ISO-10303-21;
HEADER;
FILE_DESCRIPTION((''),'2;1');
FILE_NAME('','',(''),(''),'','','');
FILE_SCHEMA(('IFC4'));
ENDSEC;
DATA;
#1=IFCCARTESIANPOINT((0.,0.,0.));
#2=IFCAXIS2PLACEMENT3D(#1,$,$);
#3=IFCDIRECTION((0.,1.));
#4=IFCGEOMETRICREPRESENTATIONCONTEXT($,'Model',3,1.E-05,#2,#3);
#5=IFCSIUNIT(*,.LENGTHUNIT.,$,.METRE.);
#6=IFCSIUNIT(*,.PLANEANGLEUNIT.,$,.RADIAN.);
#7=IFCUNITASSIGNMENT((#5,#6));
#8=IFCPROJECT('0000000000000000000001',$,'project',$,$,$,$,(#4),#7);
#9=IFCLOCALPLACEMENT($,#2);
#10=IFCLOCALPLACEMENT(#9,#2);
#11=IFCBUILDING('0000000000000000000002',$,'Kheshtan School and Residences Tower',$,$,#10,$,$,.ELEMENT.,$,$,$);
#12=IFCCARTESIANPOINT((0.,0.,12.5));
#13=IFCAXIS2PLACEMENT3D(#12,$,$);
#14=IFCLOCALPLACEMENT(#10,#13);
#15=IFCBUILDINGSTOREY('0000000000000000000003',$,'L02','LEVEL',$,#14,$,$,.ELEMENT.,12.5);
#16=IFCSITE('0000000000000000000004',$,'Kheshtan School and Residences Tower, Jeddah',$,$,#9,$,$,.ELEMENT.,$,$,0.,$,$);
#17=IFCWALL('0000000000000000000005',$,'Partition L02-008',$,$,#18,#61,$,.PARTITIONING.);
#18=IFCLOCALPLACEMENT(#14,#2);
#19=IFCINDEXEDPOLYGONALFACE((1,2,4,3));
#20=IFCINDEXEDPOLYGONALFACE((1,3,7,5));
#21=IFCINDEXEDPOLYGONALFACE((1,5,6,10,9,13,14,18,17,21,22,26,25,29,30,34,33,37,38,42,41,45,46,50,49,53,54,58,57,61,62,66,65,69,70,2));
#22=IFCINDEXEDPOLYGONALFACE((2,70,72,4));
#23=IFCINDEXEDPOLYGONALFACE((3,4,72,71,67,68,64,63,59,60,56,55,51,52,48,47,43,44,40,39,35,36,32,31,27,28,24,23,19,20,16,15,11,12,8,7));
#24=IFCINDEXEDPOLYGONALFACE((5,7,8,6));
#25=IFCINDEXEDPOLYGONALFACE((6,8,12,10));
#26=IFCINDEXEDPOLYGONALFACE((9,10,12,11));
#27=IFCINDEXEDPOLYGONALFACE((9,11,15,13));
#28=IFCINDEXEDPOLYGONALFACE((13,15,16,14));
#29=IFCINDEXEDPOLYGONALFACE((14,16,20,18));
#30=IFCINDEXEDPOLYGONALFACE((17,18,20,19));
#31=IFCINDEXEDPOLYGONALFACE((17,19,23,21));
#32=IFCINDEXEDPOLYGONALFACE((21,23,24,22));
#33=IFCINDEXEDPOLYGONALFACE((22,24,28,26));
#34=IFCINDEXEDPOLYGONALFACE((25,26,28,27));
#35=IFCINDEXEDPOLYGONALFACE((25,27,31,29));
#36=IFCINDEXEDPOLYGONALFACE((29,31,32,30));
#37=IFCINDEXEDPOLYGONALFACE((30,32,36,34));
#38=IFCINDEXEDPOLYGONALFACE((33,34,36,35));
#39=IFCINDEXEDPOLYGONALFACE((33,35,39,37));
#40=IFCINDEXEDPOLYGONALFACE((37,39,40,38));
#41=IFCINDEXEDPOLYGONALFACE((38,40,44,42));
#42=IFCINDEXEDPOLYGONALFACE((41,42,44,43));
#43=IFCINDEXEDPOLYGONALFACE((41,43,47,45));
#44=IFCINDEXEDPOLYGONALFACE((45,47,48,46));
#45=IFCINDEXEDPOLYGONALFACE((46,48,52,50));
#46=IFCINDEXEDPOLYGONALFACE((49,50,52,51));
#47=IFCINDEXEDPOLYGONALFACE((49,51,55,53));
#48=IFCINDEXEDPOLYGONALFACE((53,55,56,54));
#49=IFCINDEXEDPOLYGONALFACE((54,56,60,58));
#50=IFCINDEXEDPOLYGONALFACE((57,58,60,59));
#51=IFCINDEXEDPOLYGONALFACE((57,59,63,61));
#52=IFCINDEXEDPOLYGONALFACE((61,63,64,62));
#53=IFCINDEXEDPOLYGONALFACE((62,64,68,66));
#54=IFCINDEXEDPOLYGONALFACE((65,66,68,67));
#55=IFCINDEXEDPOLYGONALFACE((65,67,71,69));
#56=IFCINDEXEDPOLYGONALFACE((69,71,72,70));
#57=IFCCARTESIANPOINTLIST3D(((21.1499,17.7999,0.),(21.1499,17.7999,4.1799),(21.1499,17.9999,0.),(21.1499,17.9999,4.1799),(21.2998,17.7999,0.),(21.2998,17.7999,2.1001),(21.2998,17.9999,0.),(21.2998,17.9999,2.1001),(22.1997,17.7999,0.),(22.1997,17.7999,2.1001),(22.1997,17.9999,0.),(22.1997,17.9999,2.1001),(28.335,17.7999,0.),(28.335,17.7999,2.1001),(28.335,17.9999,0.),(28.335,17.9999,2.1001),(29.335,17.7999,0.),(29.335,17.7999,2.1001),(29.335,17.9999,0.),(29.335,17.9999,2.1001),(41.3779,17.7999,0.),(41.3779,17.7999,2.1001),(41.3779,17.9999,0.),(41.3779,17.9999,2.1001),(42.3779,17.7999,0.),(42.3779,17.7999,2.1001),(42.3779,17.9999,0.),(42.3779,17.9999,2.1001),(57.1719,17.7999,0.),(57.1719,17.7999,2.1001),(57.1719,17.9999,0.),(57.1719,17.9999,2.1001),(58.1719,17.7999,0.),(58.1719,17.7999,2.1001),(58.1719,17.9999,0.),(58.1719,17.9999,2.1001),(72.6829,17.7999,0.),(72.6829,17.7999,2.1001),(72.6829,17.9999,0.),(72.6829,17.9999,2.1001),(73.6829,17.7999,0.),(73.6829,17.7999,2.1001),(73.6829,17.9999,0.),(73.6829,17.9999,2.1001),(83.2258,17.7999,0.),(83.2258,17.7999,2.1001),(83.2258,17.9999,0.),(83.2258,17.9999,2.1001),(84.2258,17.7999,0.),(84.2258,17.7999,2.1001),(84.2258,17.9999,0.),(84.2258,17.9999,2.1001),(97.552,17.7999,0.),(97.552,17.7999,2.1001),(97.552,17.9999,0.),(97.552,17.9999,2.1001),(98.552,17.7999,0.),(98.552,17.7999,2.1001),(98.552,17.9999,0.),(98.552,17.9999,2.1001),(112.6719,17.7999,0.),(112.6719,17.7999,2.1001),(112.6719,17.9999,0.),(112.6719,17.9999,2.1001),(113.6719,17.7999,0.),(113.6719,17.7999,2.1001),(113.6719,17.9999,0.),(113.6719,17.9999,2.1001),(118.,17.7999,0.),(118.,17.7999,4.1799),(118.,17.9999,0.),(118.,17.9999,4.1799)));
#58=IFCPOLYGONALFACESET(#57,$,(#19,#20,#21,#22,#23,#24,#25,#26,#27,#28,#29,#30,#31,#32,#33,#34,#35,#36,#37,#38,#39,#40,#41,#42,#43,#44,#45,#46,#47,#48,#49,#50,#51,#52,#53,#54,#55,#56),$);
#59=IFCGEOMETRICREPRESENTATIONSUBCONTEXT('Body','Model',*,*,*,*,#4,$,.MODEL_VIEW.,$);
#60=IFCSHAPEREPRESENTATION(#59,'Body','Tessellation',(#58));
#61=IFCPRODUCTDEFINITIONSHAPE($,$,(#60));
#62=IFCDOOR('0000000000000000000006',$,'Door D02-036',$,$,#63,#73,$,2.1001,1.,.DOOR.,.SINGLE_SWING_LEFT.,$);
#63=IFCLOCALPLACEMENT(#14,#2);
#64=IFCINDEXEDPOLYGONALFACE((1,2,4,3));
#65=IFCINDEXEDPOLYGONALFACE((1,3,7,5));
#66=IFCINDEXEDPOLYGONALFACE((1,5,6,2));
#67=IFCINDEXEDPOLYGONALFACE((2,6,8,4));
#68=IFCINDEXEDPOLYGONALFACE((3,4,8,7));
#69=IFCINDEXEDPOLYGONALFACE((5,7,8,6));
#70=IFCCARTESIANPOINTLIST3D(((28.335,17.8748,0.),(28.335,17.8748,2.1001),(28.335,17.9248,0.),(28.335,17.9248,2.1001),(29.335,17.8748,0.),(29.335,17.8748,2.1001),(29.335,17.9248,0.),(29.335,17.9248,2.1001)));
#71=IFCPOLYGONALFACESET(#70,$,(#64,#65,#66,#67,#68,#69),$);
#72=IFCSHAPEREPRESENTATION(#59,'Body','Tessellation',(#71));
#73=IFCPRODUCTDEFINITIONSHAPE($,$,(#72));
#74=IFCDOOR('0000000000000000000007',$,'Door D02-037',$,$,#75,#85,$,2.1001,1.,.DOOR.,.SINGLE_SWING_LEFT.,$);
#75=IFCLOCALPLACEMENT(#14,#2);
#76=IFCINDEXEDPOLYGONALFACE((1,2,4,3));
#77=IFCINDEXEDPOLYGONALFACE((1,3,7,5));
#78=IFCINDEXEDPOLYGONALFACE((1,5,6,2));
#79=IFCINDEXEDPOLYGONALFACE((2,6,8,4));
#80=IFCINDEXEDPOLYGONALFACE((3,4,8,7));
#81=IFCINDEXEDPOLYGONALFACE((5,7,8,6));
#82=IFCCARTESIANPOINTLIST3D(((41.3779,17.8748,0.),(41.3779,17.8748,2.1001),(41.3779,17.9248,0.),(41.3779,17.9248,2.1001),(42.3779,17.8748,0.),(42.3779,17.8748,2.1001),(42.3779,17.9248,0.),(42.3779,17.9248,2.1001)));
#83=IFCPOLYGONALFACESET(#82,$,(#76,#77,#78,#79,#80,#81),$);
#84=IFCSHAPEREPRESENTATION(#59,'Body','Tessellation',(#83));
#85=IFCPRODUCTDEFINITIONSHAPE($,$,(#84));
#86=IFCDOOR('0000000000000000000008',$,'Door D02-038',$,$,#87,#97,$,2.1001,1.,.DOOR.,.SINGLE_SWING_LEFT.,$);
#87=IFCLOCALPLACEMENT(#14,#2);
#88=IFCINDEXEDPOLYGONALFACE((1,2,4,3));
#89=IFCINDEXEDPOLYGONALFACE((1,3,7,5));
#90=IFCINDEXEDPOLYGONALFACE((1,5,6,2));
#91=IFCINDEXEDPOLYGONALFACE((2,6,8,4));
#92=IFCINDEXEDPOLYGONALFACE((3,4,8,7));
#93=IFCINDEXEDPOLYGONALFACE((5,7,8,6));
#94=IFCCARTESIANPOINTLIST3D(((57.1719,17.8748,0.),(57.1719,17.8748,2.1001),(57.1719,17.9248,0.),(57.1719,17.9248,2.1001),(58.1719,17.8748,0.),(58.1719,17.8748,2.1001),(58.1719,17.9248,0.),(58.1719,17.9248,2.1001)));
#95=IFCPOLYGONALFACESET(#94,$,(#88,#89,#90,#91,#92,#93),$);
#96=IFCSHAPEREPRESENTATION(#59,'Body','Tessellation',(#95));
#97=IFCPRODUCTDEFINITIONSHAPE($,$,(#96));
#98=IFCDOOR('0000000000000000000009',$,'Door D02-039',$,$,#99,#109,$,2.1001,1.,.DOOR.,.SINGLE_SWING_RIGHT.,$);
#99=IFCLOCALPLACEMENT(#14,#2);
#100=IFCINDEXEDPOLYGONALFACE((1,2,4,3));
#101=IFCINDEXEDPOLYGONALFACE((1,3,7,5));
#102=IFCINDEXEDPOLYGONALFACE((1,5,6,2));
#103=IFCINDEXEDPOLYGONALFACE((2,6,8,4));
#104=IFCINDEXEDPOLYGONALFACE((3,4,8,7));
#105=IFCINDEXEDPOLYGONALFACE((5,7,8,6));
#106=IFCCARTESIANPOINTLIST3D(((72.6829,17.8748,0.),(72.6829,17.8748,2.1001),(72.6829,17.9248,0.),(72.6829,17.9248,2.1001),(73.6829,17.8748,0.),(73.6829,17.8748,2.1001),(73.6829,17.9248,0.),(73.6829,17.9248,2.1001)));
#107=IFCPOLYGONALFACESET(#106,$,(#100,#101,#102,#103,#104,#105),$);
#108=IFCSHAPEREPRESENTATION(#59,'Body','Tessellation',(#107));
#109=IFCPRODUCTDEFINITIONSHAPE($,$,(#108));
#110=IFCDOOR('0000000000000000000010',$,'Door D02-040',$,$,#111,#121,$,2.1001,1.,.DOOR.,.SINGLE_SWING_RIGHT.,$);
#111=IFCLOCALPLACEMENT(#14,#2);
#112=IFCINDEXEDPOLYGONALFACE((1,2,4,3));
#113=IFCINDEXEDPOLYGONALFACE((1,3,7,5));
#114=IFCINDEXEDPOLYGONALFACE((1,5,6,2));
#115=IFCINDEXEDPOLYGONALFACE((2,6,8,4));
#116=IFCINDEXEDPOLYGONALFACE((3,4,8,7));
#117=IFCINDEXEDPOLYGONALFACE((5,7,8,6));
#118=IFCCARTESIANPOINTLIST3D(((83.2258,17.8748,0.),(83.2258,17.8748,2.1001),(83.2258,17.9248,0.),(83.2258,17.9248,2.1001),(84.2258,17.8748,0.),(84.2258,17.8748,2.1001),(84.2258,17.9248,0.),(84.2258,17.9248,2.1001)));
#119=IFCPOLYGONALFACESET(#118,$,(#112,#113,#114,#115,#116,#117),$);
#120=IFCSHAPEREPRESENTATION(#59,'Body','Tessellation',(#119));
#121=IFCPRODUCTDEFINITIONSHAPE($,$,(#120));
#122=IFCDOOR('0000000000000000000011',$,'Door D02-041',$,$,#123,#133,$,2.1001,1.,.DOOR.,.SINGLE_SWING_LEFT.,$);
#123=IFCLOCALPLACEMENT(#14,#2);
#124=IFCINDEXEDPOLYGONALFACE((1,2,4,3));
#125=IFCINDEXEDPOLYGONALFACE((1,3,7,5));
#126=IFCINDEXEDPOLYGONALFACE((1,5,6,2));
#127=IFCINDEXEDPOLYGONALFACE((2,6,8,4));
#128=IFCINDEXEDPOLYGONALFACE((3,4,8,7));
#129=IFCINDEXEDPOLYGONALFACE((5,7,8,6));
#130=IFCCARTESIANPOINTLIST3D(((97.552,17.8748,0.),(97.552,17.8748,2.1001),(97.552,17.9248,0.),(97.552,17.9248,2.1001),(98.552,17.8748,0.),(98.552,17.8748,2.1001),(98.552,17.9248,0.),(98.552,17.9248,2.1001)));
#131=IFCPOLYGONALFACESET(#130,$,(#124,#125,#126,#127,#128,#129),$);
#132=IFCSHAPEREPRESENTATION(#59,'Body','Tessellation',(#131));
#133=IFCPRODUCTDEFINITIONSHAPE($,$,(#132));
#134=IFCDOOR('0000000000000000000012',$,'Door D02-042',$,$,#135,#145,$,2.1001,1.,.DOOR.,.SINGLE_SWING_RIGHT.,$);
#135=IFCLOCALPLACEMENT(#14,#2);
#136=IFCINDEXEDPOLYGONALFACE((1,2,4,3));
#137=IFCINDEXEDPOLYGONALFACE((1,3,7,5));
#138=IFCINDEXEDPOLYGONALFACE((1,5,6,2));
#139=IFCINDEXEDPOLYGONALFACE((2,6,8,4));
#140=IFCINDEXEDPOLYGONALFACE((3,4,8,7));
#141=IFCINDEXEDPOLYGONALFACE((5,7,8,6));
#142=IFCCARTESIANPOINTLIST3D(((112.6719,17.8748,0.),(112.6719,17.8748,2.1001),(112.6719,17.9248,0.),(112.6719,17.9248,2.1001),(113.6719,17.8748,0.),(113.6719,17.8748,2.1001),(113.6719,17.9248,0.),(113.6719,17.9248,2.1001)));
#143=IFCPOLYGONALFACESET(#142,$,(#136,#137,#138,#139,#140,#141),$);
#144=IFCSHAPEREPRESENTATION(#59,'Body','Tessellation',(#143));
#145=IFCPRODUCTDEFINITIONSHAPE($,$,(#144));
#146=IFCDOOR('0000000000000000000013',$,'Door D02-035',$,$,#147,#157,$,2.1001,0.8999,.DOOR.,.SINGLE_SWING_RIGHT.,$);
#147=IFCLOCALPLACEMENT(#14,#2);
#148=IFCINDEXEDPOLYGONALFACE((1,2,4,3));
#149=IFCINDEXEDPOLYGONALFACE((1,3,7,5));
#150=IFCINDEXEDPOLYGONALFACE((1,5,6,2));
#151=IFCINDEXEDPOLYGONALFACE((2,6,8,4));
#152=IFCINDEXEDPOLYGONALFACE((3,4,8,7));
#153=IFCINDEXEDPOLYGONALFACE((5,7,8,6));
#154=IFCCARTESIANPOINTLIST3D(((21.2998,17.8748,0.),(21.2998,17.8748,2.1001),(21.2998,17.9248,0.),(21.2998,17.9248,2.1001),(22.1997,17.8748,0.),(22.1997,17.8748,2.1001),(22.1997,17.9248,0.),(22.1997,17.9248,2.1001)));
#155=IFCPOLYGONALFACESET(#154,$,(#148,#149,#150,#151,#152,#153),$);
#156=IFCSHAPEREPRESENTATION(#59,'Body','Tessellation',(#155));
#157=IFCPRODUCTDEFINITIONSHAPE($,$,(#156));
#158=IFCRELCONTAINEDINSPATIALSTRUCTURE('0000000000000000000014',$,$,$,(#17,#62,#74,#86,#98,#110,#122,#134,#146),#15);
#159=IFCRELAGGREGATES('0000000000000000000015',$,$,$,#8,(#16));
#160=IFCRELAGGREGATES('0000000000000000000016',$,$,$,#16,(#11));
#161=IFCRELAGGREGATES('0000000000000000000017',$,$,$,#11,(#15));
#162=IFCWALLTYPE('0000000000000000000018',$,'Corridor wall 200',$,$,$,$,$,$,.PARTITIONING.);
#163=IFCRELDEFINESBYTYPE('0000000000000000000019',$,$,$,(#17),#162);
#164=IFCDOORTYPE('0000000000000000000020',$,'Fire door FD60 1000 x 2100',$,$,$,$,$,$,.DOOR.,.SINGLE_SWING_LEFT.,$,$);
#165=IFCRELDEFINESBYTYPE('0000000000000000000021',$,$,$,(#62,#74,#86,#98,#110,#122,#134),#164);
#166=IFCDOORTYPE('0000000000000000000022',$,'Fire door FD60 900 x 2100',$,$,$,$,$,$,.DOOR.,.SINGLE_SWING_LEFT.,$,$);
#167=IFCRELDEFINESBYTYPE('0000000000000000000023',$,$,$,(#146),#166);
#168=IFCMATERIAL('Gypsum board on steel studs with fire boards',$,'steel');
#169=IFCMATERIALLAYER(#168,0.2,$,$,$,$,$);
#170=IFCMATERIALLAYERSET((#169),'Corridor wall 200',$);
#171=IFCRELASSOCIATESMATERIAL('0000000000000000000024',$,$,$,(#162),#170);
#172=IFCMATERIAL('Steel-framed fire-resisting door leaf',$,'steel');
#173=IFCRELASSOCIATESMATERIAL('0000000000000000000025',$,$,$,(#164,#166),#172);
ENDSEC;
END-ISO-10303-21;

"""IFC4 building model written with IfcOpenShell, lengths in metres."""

from ifc_helpers import new_model, si_unit, direction, frame, frame_2d, origin, place, context, subcontext, project, spatial, rectangle, extrude, source, transform, mapped, material, layer, layer_set, type_object, element, fill, save


model = new_model("IFC4")

# Units and contexts
model_context = context("Model", 3, precision=1e-05, world=origin(), true_north=direction((0.0, 1.0)))
body_context = subcontext(model_context, "Body", "Model", "MODEL_VIEW")
ifc_project = project(units=[si_unit("LENGTHUNIT", "METRE"), si_unit("PLANEANGLEUNIT", "RADIAN")], contexts=[model_context])

# Site, building, storey
site_placement = place(None, origin())
site = spatial("IfcSite", under=ifc_project, at=site_placement, Name="Kheshtan School and Residences Tower, Jeddah", CompositionType="ELEMENT", RefElevation=0.0)
building_placement = place(site_placement, origin())
building = spatial("IfcBuilding", under=site, at=building_placement, Name="Kheshtan School and Residences Tower", CompositionType="ELEMENT")
storey_placement = place(building_placement, frame((0.0, 0.0, 12.5)))
storey = spatial("IfcBuildingStorey", under=building, at=storey_placement, Name="L02", Description="LEVEL", CompositionType="ELEMENT", Elevation=12.5)

# Shared definitions
ifc_material_1 = material(Name="Gypsum board on steel studs with fire boards", Category="steel")
ifc_layer_1 = layer(ifc_material_1, 0.2)
ifc_layer_set_1 = layer_set([ifc_layer_1], Name="Corridor wall 200")
wall_type_1 = type_object("IfcWallType", Name="Corridor wall 200", PredefinedType="PARTITIONING", material=ifc_layer_set_1)
ifc_material_2 = material(Name="Steel-framed fire-resisting door leaf", Category="steel")
door_type_1 = type_object("IfcDoorType", Name="Fire door FD60 1000 x 2100", OperationType="SINGLE_SWING_LEFT", PredefinedType="DOOR", material=ifc_material_2)
shared_shape_1 = source(origin(), body_context, "Body", "SweptSolid", [
    extrude(rectangle(XDim=1.0, YDim=2.1001, at=frame_2d((0.5, 1.05))), frame((0.0, 0.0249, 0.0), z_axis=(0.0, -1.0, 0.0), x_axis=(1.0, 0.0, 0.0)), (0.0, 0.0, 1.0), 0.05),
])

# Wall, openings, doors
wall_1_placement = place(storey_placement, frame((21.1499, 17.8999, 0.0), z_axis=(0.0, 0.0, 1.0), x_axis=(1.0, 0.0, 0.0)))
wall_1 = element("IfcWall", 1, at=wall_1_placement, inside=storey, type_object=wall_type_1, Name="Partition L02-008", PredefinedType="PARTITIONING", context=body_context, shape_type="SweptSolid", body=[
    extrude(rectangle(XDim=96.8501, YDim=0.2, at=frame_2d((48.425, 0.0))), origin(), (0.0, 0.0, 1.0), 4.1799),
])
opening_1_placement = place(wall_1_placement, frame((0.1499, 0.0, 0.0)))
opening_1 = element("IfcOpeningElement", 2, at=opening_1_placement, cuts=wall_1, PredefinedType="OPENING", context=body_context, shape_type="SweptSolid", body=[
    extrude(rectangle(XDim=0.8999, YDim=2.1001, at=frame_2d((0.45, 1.05))), frame((0.0, 0.1099, 0.0), z_axis=(0.0, -1.0, 0.0), x_axis=(1.0, 0.0, 0.0)), (0.0, 0.0, 1.0), 0.22),
])
opening_2_placement = place(wall_1_placement, frame((7.1851, 0.0, 0.0)))
opening_2 = element("IfcOpeningElement", 3, at=opening_2_placement, cuts=wall_1, PredefinedType="OPENING", context=body_context, shape_type="SweptSolid", body=[
    extrude(rectangle(XDim=1.0, YDim=2.1001, at=frame_2d((0.5, 1.05))), frame((0.0, 0.1099, 0.0), z_axis=(0.0, -1.0, 0.0), x_axis=(1.0, 0.0, 0.0)), (0.0, 0.0, 1.0), 0.22),
])
opening_3_placement = place(wall_1_placement, frame((20.228, 0.0, 0.0)))
opening_3 = element("IfcOpeningElement", 4, at=opening_3_placement, cuts=wall_1, PredefinedType="OPENING", context=body_context, shape_type="SweptSolid", body=[
    extrude(rectangle(XDim=1.0, YDim=2.1001, at=frame_2d((0.5, 1.05))), frame((0.0, 0.1099, 0.0), z_axis=(0.0, -1.0, 0.0), x_axis=(1.0, 0.0, 0.0)), (0.0, 0.0, 1.0), 0.22),
])
opening_4_placement = place(wall_1_placement, frame((36.022, 0.0, 0.0)))
opening_4 = element("IfcOpeningElement", 5, at=opening_4_placement, cuts=wall_1, PredefinedType="OPENING", context=body_context, shape_type="SweptSolid", body=[
    extrude(rectangle(XDim=1.0, YDim=2.1001, at=frame_2d((0.5, 1.05))), frame((0.0, 0.1099, 0.0), z_axis=(0.0, -1.0, 0.0), x_axis=(1.0, 0.0, 0.0)), (0.0, 0.0, 1.0), 0.22),
])
opening_5_placement = place(wall_1_placement, frame((51.533, 0.0, 0.0)))
opening_5 = element("IfcOpeningElement", 6, at=opening_5_placement, cuts=wall_1, PredefinedType="OPENING", context=body_context, shape_type="SweptSolid", body=[
    extrude(rectangle(XDim=1.0, YDim=2.1001, at=frame_2d((0.5, 1.05))), frame((0.0, 0.1099, 0.0), z_axis=(0.0, -1.0, 0.0), x_axis=(1.0, 0.0, 0.0)), (0.0, 0.0, 1.0), 0.22),
])
opening_6_placement = place(wall_1_placement, frame((62.0759, 0.0, 0.0)))
opening_6 = element("IfcOpeningElement", 7, at=opening_6_placement, cuts=wall_1, PredefinedType="OPENING", context=body_context, shape_type="SweptSolid", body=[
    extrude(rectangle(XDim=1.0, YDim=2.1001, at=frame_2d((0.5, 1.05))), frame((0.0, 0.1099, 0.0), z_axis=(0.0, -1.0, 0.0), x_axis=(1.0, 0.0, 0.0)), (0.0, 0.0, 1.0), 0.22),
])
opening_7_placement = place(wall_1_placement, frame((76.4021, 0.0, 0.0)))
opening_7 = element("IfcOpeningElement", 8, at=opening_7_placement, cuts=wall_1, PredefinedType="OPENING", context=body_context, shape_type="SweptSolid", body=[
    extrude(rectangle(XDim=1.0, YDim=2.1001, at=frame_2d((0.5, 1.05))), frame((0.0, 0.1099, 0.0), z_axis=(0.0, -1.0, 0.0), x_axis=(1.0, 0.0, 0.0)), (0.0, 0.0, 1.0), 0.22),
])
opening_8_placement = place(wall_1_placement, frame((91.522, 0.0, 0.0)))
opening_8 = element("IfcOpeningElement", 9, at=opening_8_placement, cuts=wall_1, PredefinedType="OPENING", context=body_context, shape_type="SweptSolid", body=[
    extrude(rectangle(XDim=1.0, YDim=2.1001, at=frame_2d((0.5, 1.05))), frame((0.0, 0.1099, 0.0), z_axis=(0.0, -1.0, 0.0), x_axis=(1.0, 0.0, 0.0)), (0.0, 0.0, 1.0), 0.22),
])
door_1_placement = place(opening_2_placement, origin())
door_1 = element("IfcDoor", 10, at=door_1_placement, inside=storey, type_object=door_type_1, Name="Door D02-036", OperationType="SINGLE_SWING_LEFT", OverallHeight=2.1001, OverallWidth=1.0, PredefinedType="DOOR", context=body_context, shape_type="MappedRepresentation", body=[
    mapped(shared_shape_1, transform((0.0, 0.0, 0.0), x_axis=(1.0, 0.0, 0.0), y_axis=(0.0, 1.0, 0.0), z_axis=(0.0, 0.0, 1.0), scale=1.0)),
])
fill(opening_2, door_1)
door_2_placement = place(opening_3_placement, origin())
door_2 = element("IfcDoor", 11, at=door_2_placement, inside=storey, type_object=door_type_1, Name="Door D02-037", OperationType="SINGLE_SWING_LEFT", OverallHeight=2.1001, OverallWidth=1.0, PredefinedType="DOOR", context=body_context, shape_type="MappedRepresentation", body=[
    mapped(shared_shape_1, transform((0.0, 0.0, 0.0), x_axis=(1.0, 0.0, 0.0), y_axis=(0.0, 1.0, 0.0), z_axis=(0.0, 0.0, 1.0), scale=1.0)),
])
fill(opening_3, door_2)
door_3_placement = place(opening_4_placement, origin())
door_3 = element("IfcDoor", 12, at=door_3_placement, inside=storey, type_object=door_type_1, Name="Door D02-038", OperationType="SINGLE_SWING_LEFT", OverallHeight=2.1001, OverallWidth=1.0, PredefinedType="DOOR", context=body_context, shape_type="MappedRepresentation", body=[
    mapped(shared_shape_1, transform((0.0, 0.0, 0.0), x_axis=(1.0, 0.0, 0.0), y_axis=(0.0, 1.0, 0.0), z_axis=(0.0, 0.0, 1.0), scale=1.0)),
])
fill(opening_4, door_3)
door_4_placement = place(opening_5_placement, origin())
door_4 = element("IfcDoor", 13, at=door_4_placement, inside=storey, type_object=door_type_1, Name="Door D02-039", OperationType="SINGLE_SWING_RIGHT", OverallHeight=2.1001, OverallWidth=1.0, PredefinedType="DOOR", context=body_context, shape_type="MappedRepresentation", body=[
    mapped(shared_shape_1, transform((0.0, 0.0, 0.0), x_axis=(1.0, 0.0, 0.0), y_axis=(0.0, 1.0, 0.0), z_axis=(0.0, 0.0, 1.0), scale=1.0)),
])
fill(opening_5, door_4)
door_5_placement = place(opening_6_placement, origin())
door_5 = element("IfcDoor", 14, at=door_5_placement, inside=storey, type_object=door_type_1, Name="Door D02-040", OperationType="SINGLE_SWING_RIGHT", OverallHeight=2.1001, OverallWidth=1.0, PredefinedType="DOOR", context=body_context, shape_type="MappedRepresentation", body=[
    mapped(shared_shape_1, transform((0.0, 0.0, 0.0), x_axis=(1.0, 0.0, 0.0), y_axis=(0.0, 1.0, 0.0), z_axis=(0.0, 0.0, 1.0), scale=1.0)),
])
fill(opening_6, door_5)
door_6_placement = place(opening_7_placement, origin())
door_6 = element("IfcDoor", 15, at=door_6_placement, inside=storey, type_object=door_type_1, Name="Door D02-041", OperationType="SINGLE_SWING_LEFT", OverallHeight=2.1001, OverallWidth=1.0, PredefinedType="DOOR", context=body_context, shape_type="MappedRepresentation", body=[
    mapped(shared_shape_1, transform((0.0, 0.0, 0.0), x_axis=(1.0, 0.0, 0.0), y_axis=(0.0, 1.0, 0.0), z_axis=(0.0, 0.0, 1.0), scale=1.0)),
])
fill(opening_7, door_6)
door_7_placement = place(opening_8_placement, origin())
door_7 = element("IfcDoor", 16, at=door_7_placement, inside=storey, type_object=door_type_1, Name="Door D02-042", OperationType="SINGLE_SWING_RIGHT", OverallHeight=2.1001, OverallWidth=1.0, PredefinedType="DOOR", context=body_context, shape_type="MappedRepresentation", body=[
    mapped(shared_shape_1, transform((0.0, 0.0, 0.0), x_axis=(1.0, 0.0, 0.0), y_axis=(0.0, 1.0, 0.0), z_axis=(0.0, 0.0, 1.0), scale=1.0)),
])
fill(opening_8, door_7)
door_type_2 = type_object("IfcDoorType", Name="Fire door FD60 900 x 2100", OperationType="SINGLE_SWING_LEFT", PredefinedType="DOOR", material=ifc_material_2)
shared_shape_2 = source(origin(), body_context, "Body", "SweptSolid", [
    extrude(rectangle(XDim=0.8999, YDim=2.1001, at=frame_2d((0.45, 1.05))), frame((0.0, 0.0249, 0.0), z_axis=(0.0, -1.0, 0.0), x_axis=(1.0, 0.0, 0.0)), (0.0, 0.0, 1.0), 0.05),
])
door_8_placement = place(opening_1_placement, origin())
door_8 = element("IfcDoor", 17, at=door_8_placement, inside=storey, type_object=door_type_2, Name="Door D02-035", OperationType="SINGLE_SWING_RIGHT", OverallHeight=2.1001, OverallWidth=0.8999, PredefinedType="DOOR", context=body_context, shape_type="MappedRepresentation", body=[
    mapped(shared_shape_2, transform((0.0, 0.0, 0.0), x_axis=(1.0, 0.0, 0.0), y_axis=(0.0, 1.0, 0.0), z_axis=(0.0, 0.0, 1.0), scale=1.0)),
])
fill(opening_1, door_8)

save(model, "model.ifc")
